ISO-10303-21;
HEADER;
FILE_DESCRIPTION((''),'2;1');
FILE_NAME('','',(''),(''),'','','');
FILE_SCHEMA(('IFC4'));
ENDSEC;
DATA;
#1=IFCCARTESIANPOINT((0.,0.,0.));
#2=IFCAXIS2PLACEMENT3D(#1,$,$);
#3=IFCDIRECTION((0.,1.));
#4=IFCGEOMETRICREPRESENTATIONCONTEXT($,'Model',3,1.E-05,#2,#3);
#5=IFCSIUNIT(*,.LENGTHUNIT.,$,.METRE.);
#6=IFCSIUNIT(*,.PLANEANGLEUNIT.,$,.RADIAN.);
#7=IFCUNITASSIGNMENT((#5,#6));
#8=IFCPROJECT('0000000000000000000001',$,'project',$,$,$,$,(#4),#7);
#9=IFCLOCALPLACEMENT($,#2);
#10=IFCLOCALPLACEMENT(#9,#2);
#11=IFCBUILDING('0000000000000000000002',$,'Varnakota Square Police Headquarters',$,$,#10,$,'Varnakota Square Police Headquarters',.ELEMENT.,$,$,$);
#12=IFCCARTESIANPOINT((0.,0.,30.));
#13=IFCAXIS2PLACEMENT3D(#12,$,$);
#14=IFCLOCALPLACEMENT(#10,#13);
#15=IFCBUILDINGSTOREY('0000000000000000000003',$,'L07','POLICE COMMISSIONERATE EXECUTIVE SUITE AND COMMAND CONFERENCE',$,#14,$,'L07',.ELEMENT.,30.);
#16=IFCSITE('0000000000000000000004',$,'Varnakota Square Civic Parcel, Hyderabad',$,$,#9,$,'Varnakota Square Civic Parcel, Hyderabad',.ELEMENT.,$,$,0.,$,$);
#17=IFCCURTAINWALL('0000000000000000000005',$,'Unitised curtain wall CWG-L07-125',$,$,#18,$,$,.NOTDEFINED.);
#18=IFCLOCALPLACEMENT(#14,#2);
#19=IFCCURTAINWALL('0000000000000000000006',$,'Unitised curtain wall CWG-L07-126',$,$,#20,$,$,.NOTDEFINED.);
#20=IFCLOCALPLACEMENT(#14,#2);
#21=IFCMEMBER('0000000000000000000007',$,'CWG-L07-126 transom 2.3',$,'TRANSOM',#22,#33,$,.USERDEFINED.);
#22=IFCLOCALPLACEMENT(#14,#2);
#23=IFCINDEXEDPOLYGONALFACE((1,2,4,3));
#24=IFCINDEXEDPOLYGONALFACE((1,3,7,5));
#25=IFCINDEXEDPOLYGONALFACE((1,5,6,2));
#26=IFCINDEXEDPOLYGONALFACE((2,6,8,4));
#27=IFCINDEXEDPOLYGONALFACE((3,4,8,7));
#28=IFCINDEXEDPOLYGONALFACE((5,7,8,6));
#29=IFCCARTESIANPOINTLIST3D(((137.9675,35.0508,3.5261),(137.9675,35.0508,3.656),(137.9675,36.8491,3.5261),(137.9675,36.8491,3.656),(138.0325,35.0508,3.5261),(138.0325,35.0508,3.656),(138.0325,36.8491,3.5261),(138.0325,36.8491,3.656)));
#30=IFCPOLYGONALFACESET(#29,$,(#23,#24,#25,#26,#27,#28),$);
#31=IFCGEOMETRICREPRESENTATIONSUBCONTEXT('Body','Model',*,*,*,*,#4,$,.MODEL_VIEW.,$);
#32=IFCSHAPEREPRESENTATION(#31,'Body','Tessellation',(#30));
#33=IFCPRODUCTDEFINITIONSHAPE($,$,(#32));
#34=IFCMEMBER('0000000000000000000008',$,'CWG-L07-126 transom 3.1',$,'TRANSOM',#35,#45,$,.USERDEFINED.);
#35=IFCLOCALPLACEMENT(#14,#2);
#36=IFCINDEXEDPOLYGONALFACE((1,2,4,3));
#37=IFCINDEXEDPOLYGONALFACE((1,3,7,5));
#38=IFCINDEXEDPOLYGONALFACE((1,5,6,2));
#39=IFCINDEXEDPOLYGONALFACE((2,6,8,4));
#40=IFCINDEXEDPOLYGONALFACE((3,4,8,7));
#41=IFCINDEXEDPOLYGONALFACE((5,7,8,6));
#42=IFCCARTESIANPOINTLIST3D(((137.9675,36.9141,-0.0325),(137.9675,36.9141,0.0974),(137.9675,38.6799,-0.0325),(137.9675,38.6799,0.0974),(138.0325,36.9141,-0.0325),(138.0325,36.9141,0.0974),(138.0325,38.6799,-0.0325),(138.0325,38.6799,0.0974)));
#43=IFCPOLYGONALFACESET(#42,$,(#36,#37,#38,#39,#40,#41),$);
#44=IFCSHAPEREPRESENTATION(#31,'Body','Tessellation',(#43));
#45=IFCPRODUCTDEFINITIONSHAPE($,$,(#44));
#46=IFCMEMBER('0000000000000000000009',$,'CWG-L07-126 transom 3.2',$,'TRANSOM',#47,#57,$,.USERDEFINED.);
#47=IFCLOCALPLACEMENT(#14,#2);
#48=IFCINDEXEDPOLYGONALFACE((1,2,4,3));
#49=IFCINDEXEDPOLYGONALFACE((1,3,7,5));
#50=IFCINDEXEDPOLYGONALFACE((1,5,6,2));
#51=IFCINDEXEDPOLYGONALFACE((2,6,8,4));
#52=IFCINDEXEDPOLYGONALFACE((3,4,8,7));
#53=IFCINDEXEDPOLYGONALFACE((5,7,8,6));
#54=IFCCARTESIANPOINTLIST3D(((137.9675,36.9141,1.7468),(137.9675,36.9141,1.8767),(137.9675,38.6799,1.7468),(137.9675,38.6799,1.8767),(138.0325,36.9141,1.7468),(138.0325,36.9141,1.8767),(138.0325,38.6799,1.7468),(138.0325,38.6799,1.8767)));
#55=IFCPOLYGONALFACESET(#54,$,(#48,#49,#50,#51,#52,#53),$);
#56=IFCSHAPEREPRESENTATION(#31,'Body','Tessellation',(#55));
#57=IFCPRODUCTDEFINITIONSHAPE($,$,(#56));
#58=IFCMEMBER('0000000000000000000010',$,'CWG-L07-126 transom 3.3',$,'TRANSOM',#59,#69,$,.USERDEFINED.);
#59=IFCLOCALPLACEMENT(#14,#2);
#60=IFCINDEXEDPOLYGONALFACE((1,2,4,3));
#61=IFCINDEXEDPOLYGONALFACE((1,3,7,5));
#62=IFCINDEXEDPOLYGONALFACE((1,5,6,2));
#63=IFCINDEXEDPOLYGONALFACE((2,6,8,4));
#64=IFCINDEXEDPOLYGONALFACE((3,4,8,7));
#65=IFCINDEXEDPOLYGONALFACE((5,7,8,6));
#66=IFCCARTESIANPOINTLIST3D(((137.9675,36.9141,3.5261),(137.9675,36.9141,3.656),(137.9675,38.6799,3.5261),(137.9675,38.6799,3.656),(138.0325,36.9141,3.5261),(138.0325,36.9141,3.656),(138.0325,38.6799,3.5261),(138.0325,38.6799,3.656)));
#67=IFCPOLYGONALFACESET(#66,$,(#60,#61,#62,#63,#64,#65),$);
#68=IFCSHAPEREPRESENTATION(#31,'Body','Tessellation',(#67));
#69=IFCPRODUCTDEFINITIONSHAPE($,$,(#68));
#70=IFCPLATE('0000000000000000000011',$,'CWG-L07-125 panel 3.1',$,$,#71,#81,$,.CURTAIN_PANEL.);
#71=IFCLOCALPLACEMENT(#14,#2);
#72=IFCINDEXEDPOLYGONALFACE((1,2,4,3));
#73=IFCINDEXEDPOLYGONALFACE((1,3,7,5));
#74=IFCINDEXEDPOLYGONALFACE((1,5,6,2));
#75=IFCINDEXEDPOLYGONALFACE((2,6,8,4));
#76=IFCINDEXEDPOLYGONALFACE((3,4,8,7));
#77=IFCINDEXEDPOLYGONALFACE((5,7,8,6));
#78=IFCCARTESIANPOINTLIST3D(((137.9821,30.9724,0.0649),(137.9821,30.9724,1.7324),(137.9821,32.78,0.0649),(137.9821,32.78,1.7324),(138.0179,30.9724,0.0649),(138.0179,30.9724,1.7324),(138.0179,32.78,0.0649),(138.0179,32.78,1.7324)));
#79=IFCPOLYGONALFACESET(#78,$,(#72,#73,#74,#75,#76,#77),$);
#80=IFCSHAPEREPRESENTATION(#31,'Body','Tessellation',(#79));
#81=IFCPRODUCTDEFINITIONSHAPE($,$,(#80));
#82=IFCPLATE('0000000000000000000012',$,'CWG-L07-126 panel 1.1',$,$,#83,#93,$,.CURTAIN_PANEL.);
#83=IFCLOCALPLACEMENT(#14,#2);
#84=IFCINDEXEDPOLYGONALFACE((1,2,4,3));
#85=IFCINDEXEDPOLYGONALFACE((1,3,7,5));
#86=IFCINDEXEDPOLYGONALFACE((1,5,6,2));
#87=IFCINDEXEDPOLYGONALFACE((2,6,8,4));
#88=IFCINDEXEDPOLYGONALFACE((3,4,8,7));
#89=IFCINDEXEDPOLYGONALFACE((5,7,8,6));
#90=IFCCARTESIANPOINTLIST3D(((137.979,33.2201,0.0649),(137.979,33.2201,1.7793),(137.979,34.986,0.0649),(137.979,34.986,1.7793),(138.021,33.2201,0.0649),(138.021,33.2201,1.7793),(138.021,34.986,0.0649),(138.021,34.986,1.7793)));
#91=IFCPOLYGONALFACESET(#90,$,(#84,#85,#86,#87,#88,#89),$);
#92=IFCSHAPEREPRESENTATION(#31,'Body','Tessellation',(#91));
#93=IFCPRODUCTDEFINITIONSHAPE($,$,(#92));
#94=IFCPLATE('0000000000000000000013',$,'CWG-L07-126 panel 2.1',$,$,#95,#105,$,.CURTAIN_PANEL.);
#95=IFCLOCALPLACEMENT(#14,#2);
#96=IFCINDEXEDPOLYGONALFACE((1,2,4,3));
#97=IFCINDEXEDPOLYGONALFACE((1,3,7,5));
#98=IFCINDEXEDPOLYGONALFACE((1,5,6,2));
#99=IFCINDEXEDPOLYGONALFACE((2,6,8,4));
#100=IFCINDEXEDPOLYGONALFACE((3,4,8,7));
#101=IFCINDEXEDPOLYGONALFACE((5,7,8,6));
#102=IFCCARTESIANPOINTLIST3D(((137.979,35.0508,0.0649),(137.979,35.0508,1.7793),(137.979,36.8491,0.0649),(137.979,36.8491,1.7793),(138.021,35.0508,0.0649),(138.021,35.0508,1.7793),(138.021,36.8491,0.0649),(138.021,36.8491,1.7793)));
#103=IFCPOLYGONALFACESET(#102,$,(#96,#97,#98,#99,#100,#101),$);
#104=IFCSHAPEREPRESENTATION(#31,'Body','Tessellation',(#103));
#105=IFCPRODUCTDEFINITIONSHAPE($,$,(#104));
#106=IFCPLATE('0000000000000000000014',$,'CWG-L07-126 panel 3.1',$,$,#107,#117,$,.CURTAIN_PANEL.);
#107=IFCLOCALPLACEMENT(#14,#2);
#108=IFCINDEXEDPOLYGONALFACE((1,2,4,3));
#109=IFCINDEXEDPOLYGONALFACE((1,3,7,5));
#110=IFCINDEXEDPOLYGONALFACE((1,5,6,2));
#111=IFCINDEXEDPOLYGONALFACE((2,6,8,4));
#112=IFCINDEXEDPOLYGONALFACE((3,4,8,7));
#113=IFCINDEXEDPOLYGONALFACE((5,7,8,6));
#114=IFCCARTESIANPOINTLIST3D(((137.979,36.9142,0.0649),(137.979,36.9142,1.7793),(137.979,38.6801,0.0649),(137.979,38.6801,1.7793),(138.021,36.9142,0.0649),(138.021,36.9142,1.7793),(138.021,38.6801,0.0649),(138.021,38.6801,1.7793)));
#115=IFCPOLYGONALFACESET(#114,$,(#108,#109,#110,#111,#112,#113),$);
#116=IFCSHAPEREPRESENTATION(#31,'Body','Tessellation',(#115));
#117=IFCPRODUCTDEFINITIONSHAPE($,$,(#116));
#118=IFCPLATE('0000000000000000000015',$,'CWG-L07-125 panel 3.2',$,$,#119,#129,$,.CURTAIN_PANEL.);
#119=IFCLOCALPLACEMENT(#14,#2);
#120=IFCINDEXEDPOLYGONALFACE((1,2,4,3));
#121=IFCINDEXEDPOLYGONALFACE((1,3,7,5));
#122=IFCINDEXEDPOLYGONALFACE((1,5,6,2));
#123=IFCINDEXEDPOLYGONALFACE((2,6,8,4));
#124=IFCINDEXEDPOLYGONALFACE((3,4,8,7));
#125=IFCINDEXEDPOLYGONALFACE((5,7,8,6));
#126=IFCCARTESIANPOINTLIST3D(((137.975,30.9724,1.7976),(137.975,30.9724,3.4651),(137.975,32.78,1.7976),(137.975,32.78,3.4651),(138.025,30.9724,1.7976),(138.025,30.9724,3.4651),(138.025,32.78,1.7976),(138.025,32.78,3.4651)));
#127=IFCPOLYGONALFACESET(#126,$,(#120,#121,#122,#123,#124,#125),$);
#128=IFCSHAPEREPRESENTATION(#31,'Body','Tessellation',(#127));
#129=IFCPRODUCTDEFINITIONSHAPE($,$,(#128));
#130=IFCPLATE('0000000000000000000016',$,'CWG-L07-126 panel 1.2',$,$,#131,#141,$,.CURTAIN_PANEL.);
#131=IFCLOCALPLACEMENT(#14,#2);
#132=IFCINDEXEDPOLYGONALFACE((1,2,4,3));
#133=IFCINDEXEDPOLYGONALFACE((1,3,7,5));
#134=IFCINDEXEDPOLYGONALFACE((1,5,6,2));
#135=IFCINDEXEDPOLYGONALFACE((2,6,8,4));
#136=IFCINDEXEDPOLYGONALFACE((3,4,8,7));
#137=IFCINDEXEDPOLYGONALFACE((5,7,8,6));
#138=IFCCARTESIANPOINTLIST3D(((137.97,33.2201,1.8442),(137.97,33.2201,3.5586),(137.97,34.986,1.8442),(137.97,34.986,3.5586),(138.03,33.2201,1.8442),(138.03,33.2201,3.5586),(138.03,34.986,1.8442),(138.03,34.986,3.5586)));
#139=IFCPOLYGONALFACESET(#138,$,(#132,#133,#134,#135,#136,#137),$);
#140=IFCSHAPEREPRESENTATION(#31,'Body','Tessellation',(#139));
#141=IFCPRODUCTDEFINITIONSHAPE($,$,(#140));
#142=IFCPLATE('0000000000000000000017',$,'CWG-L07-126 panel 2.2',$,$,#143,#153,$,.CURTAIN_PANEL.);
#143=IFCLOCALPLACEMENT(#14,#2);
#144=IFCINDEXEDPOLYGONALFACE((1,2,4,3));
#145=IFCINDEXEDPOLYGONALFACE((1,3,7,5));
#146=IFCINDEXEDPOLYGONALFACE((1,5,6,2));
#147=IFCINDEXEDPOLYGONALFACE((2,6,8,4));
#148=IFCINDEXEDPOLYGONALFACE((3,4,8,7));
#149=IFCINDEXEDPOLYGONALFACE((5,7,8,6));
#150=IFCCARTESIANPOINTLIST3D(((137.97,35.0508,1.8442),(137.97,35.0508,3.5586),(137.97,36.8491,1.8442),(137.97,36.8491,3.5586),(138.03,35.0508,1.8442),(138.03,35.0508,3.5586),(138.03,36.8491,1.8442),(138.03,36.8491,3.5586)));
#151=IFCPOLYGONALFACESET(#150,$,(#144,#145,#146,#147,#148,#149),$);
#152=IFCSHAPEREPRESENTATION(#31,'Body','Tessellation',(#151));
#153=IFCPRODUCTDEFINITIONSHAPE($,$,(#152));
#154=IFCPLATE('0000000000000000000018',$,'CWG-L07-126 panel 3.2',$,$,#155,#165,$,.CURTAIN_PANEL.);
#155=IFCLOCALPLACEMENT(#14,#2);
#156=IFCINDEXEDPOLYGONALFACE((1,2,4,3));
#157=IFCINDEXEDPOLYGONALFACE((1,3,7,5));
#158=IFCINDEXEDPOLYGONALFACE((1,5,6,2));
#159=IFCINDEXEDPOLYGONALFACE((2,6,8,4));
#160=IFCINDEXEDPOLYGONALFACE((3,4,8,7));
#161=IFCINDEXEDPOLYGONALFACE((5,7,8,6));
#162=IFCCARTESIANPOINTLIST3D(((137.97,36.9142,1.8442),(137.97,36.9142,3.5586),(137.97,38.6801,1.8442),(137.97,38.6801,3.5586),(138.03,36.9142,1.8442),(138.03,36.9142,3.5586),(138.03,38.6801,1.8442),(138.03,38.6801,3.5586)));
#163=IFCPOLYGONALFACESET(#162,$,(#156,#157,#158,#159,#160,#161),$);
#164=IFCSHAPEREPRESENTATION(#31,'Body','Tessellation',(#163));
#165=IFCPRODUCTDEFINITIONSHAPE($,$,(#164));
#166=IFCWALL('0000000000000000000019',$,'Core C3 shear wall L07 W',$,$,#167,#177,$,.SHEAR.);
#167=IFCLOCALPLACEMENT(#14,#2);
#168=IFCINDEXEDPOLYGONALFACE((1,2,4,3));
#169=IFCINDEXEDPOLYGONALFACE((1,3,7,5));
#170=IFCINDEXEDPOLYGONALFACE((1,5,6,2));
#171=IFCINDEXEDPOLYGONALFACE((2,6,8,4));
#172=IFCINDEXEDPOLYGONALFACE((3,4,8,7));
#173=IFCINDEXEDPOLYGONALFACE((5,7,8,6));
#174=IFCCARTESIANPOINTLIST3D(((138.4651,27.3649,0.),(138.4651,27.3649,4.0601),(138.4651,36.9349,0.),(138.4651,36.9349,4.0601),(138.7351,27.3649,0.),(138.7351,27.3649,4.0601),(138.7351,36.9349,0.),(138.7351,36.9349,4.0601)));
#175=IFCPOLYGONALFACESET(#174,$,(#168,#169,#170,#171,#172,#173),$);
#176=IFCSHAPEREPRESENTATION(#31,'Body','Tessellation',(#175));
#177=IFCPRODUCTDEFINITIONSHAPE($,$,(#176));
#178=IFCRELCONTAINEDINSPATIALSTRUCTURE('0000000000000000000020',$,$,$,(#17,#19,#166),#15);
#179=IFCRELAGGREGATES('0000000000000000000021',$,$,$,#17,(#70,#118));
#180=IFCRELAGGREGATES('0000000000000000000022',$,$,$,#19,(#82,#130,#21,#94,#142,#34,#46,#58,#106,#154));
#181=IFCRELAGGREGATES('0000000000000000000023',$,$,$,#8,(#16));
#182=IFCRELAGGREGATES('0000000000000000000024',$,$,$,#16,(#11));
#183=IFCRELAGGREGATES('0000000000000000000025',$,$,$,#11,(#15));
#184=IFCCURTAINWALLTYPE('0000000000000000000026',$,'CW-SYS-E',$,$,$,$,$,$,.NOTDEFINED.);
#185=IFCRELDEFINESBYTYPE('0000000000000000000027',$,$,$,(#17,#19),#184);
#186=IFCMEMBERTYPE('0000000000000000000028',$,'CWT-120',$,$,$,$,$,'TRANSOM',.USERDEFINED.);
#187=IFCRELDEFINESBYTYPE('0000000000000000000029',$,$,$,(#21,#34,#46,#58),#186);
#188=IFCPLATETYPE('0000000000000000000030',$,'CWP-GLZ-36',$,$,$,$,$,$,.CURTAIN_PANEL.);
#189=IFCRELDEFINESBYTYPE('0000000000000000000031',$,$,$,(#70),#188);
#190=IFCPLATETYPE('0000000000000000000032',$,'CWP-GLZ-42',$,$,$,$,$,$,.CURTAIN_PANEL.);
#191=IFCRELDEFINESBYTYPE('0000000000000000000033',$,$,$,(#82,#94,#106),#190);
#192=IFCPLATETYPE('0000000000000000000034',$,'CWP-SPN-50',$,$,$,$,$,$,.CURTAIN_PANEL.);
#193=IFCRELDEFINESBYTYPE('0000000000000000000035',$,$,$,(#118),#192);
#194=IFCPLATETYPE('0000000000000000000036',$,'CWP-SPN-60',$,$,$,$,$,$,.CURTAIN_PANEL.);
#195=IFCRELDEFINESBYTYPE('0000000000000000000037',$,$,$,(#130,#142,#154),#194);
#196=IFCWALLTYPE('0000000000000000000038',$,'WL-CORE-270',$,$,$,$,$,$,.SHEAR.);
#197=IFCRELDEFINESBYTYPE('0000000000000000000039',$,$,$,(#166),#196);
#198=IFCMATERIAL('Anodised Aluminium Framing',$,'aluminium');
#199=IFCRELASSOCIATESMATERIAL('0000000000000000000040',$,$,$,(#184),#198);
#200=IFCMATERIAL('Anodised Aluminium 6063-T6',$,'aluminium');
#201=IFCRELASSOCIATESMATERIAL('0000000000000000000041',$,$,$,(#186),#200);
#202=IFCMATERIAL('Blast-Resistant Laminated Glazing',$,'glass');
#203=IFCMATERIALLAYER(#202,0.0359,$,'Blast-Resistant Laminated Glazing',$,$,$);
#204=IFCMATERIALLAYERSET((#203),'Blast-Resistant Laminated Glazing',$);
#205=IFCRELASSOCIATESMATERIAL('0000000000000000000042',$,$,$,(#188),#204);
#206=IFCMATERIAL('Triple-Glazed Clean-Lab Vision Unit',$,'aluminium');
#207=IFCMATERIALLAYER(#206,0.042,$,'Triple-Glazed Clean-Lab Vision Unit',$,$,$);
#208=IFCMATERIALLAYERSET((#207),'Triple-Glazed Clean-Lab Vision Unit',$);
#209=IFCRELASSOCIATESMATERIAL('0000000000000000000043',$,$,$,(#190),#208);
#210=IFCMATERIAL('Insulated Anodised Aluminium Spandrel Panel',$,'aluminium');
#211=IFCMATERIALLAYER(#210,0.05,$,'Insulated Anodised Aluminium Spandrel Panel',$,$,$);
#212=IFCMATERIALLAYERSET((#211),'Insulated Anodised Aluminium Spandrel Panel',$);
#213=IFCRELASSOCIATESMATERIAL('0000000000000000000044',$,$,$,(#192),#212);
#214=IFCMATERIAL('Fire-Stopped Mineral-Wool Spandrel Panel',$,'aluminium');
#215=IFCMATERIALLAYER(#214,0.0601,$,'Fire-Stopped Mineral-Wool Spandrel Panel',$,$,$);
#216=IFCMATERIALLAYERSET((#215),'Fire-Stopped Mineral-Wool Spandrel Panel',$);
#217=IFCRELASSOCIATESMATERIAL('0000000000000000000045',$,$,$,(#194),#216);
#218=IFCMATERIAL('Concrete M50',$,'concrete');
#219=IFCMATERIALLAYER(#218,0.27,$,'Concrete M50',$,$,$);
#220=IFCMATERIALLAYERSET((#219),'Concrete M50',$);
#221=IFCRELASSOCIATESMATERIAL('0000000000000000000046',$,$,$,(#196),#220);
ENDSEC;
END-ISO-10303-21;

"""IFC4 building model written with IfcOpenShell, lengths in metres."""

from ifc_helpers import new_model, si_unit, direction, frame, frame_2d, origin, origin_2d, place, context, subcontext, project, spatial, rectangle, extrude, material, layer, layer_set, material_profile, profile_set, type_object, element, aggregate, save


model = new_model("IFC4")

# Units and contexts
model_context = context("Model", 3, precision=1e-05, world=origin(), true_north=direction((0.0, 1.0)))
body_context = subcontext(model_context, "Body", "Model", "MODEL_VIEW")
ifc_project = project(units=[si_unit("LENGTHUNIT", "METRE"), si_unit("PLANEANGLEUNIT", "RADIAN")], contexts=[model_context])

# Site, building, storey
site_placement = place(None, origin())
site = spatial("IfcSite", under=ifc_project, at=site_placement, Name="Varnakota Square Civic Parcel, Hyderabad", LongName="Varnakota Square Civic Parcel, Hyderabad", CompositionType="ELEMENT", RefElevation=0.0)
building_placement = place(site_placement, origin())
building = spatial("IfcBuilding", under=site, at=building_placement, Name="Varnakota Square Police Headquarters", LongName="Varnakota Square Police Headquarters", CompositionType="ELEMENT")
storey_placement = place(building_placement, frame((0.0, 0.0, 30.0)))
storey = spatial("IfcBuildingStorey", under=building, at=storey_placement, Name="L07", Description="POLICE COMMISSIONERATE EXECUTIVE SUITE AND COMMAND CONFERENCE", LongName="L07", CompositionType="ELEMENT", Elevation=30.0)

# Curtain wall
ifc_material_1 = material(Name="Anodised Aluminium Framing", Category="aluminium")
curtain_wall_type = type_object("IfcCurtainWallType", Name="CW-SYS-E", PredefinedType="NOTDEFINED", material=ifc_material_1)
curtain_wall_1_placement = place(storey_placement, origin())
curtain_wall_1 = element("IfcCurtainWall", 1, at=curtain_wall_1_placement, inside=storey, type_object=curtain_wall_type, Name="Unitised curtain wall CWG-L07-125", PredefinedType="NOTDEFINED")
ifc_material_2 = material(Name="Anodised Aluminium 6063-T6", Category="aluminium")

# Curtain wall
curtain_wall_2_placement = place(storey_placement, origin())
curtain_wall_2 = element("IfcCurtainWall", 2, at=curtain_wall_2_placement, inside=storey, type_object=curtain_wall_type, Name="Unitised curtain wall CWG-L07-126", PredefinedType="NOTDEFINED")

# Members
ifc_material_profile_1 = material_profile(ifc_material_2, rectangle(XDim=0.0649, YDim=0.1299, at=origin_2d()), Name="ALU TRANSOM 65x130")
ifc_profile_set_1 = profile_set([ifc_material_profile_1], Name="Anodised Aluminium 6063-T6")
member_type_1 = type_object("IfcMemberType", Name="CWT-120", ElementType="TRANSOM", PredefinedType="USERDEFINED", material=ifc_profile_set_1)
member_1_placement = place(storey_placement, frame((138.0, 35.0508, 3.5911), z_axis=(0.0, 1.0, 0.0), x_axis=(-1.0, 0.0, 0.0)))
member_1 = element("IfcMember", 3, at=member_1_placement, type_object=member_type_1, Name="CWG-L07-126 transom 2.3", ObjectType="TRANSOM", PredefinedType="USERDEFINED", context=body_context, shape_type="SweptSolid", body=[
    extrude(rectangle(XDim=0.0649, YDim=0.1299, at=origin_2d()), origin(), (0.0, 0.0, 1.0), 1.7983),
])
member_2_placement = place(storey_placement, frame((138.0, 36.9141, 0.0325), z_axis=(0.0, 1.0, 0.0), x_axis=(-1.0, 0.0, 0.0)))
member_2 = element("IfcMember", 4, at=member_2_placement, type_object=member_type_1, Name="CWG-L07-126 transom 3.1", ObjectType="TRANSOM", PredefinedType="USERDEFINED", context=body_context, shape_type="SweptSolid", body=[
    extrude(rectangle(XDim=0.0649, YDim=0.1299, at=origin_2d()), origin(), (0.0, 0.0, 1.0), 1.7659),
])
member_3_placement = place(storey_placement, frame((138.0, 36.9141, 1.8118), z_axis=(0.0, 1.0, 0.0), x_axis=(-1.0, 0.0, 0.0)))
member_3 = element("IfcMember", 5, at=member_3_placement, type_object=member_type_1, Name="CWG-L07-126 transom 3.2", ObjectType="TRANSOM", PredefinedType="USERDEFINED", context=body_context, shape_type="SweptSolid", body=[
    extrude(rectangle(XDim=0.0649, YDim=0.1299, at=origin_2d()), origin(), (0.0, 0.0, 1.0), 1.7659),
])
member_4_placement = place(storey_placement, frame((138.0, 36.9141, 3.5911), z_axis=(0.0, 1.0, 0.0), x_axis=(-1.0, 0.0, 0.0)))
member_4 = element("IfcMember", 6, at=member_4_placement, type_object=member_type_1, Name="CWG-L07-126 transom 3.3", ObjectType="TRANSOM", PredefinedType="USERDEFINED", context=body_context, shape_type="SweptSolid", body=[
    extrude(rectangle(XDim=0.0649, YDim=0.1299, at=origin_2d()), origin(), (0.0, 0.0, 1.0), 1.7659),
])

# Plates
ifc_material_3 = material(Name="Blast-Resistant Laminated Glazing", Category="glass")
ifc_layer_1 = layer(ifc_material_3, 0.0359, Name="Blast-Resistant Laminated Glazing")
ifc_layer_set_1 = layer_set([ifc_layer_1], Name="Blast-Resistant Laminated Glazing")
plate_type_1 = type_object("IfcPlateType", Name="CWP-GLZ-36", PredefinedType="CURTAIN_PANEL", material=ifc_layer_set_1)
plate_1_placement = place(storey_placement, frame((138.0, 31.8762, 0.0649), z_axis=(0.0, 0.0, 1.0), x_axis=(0.0, 1.0, 0.0)))
plate_1 = element("IfcPlate", 7, at=plate_1_placement, type_object=plate_type_1, Name="CWG-L07-125 panel 3.1", PredefinedType="CURTAIN_PANEL", context=body_context, shape_type="SweptSolid", body=[
    extrude(rectangle(XDim=1.8076, YDim=0.0359, at=origin_2d()), origin(), (0.0, 0.0, 1.0), 1.6675),
])
ifc_material_4 = material(Name="Triple-Glazed Clean-Lab Vision Unit", Category="aluminium")
ifc_layer_2 = layer(ifc_material_4, 0.042, Name="Triple-Glazed Clean-Lab Vision Unit")
ifc_layer_set_2 = layer_set([ifc_layer_2], Name="Triple-Glazed Clean-Lab Vision Unit")
plate_type_2 = type_object("IfcPlateType", Name="CWP-GLZ-42", PredefinedType="CURTAIN_PANEL", material=ifc_layer_set_2)
plate_2_placement = place(storey_placement, frame((138.0, 34.103, 0.0649), z_axis=(0.0, 0.0, 1.0), x_axis=(0.0, 1.0, 0.0)))
plate_2 = element("IfcPlate", 8, at=plate_2_placement, type_object=plate_type_2, Name="CWG-L07-126 panel 1.1", PredefinedType="CURTAIN_PANEL", context=body_context, shape_type="SweptSolid", body=[
    extrude(rectangle(XDim=1.7659, YDim=0.042, at=origin_2d()), origin(), (0.0, 0.0, 1.0), 1.7144),
])
plate_3_placement = place(storey_placement, frame((138.0, 35.95, 0.0649), z_axis=(0.0, 0.0, 1.0), x_axis=(0.0, 1.0, 0.0)))
plate_3 = element("IfcPlate", 9, at=plate_3_placement, type_object=plate_type_2, Name="CWG-L07-126 panel 2.1", PredefinedType="CURTAIN_PANEL", context=body_context, shape_type="SweptSolid", body=[
    extrude(rectangle(XDim=1.7983, YDim=0.042, at=origin_2d()), origin(), (0.0, 0.0, 1.0), 1.7144),
])
plate_4_placement = place(storey_placement, frame((138.0, 37.7971, 0.0649), z_axis=(0.0, 0.0, 1.0), x_axis=(0.0, 1.0, 0.0)))
plate_4 = element("IfcPlate", 10, at=plate_4_placement, type_object=plate_type_2, Name="CWG-L07-126 panel 3.1", PredefinedType="CURTAIN_PANEL", context=body_context, shape_type="SweptSolid", body=[
    extrude(rectangle(XDim=1.7659, YDim=0.042, at=origin_2d()), origin(), (0.0, 0.0, 1.0), 1.7144),
])
ifc_material_5 = material(Name="Insulated Anodised Aluminium Spandrel Panel", Category="aluminium")
ifc_layer_3 = layer(ifc_material_5, 0.05, Name="Insulated Anodised Aluminium Spandrel Panel")
ifc_layer_set_3 = layer_set([ifc_layer_3], Name="Insulated Anodised Aluminium Spandrel Panel")
plate_type_3 = type_object("IfcPlateType", Name="CWP-SPN-50", PredefinedType="CURTAIN_PANEL", material=ifc_layer_set_3)
plate_5_placement = place(storey_placement, frame((138.0, 31.8762, 1.7976), z_axis=(0.0, 0.0, 1.0), x_axis=(0.0, 1.0, 0.0)))
plate_5 = element("IfcPlate", 11, at=plate_5_placement, type_object=plate_type_3, Name="CWG-L07-125 panel 3.2", PredefinedType="CURTAIN_PANEL", context=body_context, shape_type="SweptSolid", body=[
    extrude(rectangle(XDim=1.8076, YDim=0.05, at=origin_2d()), origin(), (0.0, 0.0, 1.0), 1.6675),
])
aggregate(curtain_wall_1, [plate_1, plate_5])
ifc_material_6 = material(Name="Fire-Stopped Mineral-Wool Spandrel Panel", Category="aluminium")
ifc_layer_4 = layer(ifc_material_6, 0.0601, Name="Fire-Stopped Mineral-Wool Spandrel Panel")
ifc_layer_set_4 = layer_set([ifc_layer_4], Name="Fire-Stopped Mineral-Wool Spandrel Panel")
plate_type_4 = type_object("IfcPlateType", Name="CWP-SPN-60", PredefinedType="CURTAIN_PANEL", material=ifc_layer_set_4)
plate_6_placement = place(storey_placement, frame((138.0, 34.103, 1.8442), z_axis=(0.0, 0.0, 1.0), x_axis=(0.0, 1.0, 0.0)))
plate_6 = element("IfcPlate", 12, at=plate_6_placement, type_object=plate_type_4, Name="CWG-L07-126 panel 1.2", PredefinedType="CURTAIN_PANEL", context=body_context, shape_type="SweptSolid", body=[
    extrude(rectangle(XDim=1.7659, YDim=0.0601, at=origin_2d()), origin(), (0.0, 0.0, 1.0), 1.7144),
])
plate_7_placement = place(storey_placement, frame((138.0, 35.95, 1.8442), z_axis=(0.0, 0.0, 1.0), x_axis=(0.0, 1.0, 0.0)))
plate_7 = element("IfcPlate", 13, at=plate_7_placement, type_object=plate_type_4, Name="CWG-L07-126 panel 2.2", PredefinedType="CURTAIN_PANEL", context=body_context, shape_type="SweptSolid", body=[
    extrude(rectangle(XDim=1.7983, YDim=0.0601, at=origin_2d()), origin(), (0.0, 0.0, 1.0), 1.7144),
])
plate_8_placement = place(storey_placement, frame((138.0, 37.7971, 1.8442), z_axis=(0.0, 0.0, 1.0), x_axis=(0.0, 1.0, 0.0)))
plate_8 = element("IfcPlate", 14, at=plate_8_placement, type_object=plate_type_4, Name="CWG-L07-126 panel 3.2", PredefinedType="CURTAIN_PANEL", context=body_context, shape_type="SweptSolid", body=[
    extrude(rectangle(XDim=1.7659, YDim=0.0601, at=origin_2d()), origin(), (0.0, 0.0, 1.0), 1.7144),
])
aggregate(curtain_wall_2, [plate_2, plate_6, member_1, plate_3, plate_7, member_2, member_3, member_4, plate_4, plate_8])

# Wall
ifc_material_7 = material(Name="Concrete M50", Category="concrete")
ifc_layer_5 = layer(ifc_material_7, 0.27, Name="Concrete M50")
ifc_layer_set_5 = layer_set([ifc_layer_5], Name="Concrete M50")
wall_type_1 = type_object("IfcWallType", Name="WL-CORE-270", PredefinedType="SHEAR", material=ifc_layer_set_5)
wall_1_placement = place(storey_placement, frame((138.6001, 36.9351, 0.0), z_axis=(0.0, 0.0, 1.0), x_axis=(0.0, -1.0, 0.0)))
element("IfcWall", 15, at=wall_1_placement, inside=storey, type_object=wall_type_1, Name="Core C3 shear wall L07 W", PredefinedType="SHEAR", context=body_context, shape_type="SweptSolid", body=[
    extrude(rectangle(XDim=9.5701, YDim=0.27, at=frame_2d((4.7852, 0.0))), origin(), (0.0, 0.0, 1.0), 4.0601),
])

save(model, "model.ifc")
